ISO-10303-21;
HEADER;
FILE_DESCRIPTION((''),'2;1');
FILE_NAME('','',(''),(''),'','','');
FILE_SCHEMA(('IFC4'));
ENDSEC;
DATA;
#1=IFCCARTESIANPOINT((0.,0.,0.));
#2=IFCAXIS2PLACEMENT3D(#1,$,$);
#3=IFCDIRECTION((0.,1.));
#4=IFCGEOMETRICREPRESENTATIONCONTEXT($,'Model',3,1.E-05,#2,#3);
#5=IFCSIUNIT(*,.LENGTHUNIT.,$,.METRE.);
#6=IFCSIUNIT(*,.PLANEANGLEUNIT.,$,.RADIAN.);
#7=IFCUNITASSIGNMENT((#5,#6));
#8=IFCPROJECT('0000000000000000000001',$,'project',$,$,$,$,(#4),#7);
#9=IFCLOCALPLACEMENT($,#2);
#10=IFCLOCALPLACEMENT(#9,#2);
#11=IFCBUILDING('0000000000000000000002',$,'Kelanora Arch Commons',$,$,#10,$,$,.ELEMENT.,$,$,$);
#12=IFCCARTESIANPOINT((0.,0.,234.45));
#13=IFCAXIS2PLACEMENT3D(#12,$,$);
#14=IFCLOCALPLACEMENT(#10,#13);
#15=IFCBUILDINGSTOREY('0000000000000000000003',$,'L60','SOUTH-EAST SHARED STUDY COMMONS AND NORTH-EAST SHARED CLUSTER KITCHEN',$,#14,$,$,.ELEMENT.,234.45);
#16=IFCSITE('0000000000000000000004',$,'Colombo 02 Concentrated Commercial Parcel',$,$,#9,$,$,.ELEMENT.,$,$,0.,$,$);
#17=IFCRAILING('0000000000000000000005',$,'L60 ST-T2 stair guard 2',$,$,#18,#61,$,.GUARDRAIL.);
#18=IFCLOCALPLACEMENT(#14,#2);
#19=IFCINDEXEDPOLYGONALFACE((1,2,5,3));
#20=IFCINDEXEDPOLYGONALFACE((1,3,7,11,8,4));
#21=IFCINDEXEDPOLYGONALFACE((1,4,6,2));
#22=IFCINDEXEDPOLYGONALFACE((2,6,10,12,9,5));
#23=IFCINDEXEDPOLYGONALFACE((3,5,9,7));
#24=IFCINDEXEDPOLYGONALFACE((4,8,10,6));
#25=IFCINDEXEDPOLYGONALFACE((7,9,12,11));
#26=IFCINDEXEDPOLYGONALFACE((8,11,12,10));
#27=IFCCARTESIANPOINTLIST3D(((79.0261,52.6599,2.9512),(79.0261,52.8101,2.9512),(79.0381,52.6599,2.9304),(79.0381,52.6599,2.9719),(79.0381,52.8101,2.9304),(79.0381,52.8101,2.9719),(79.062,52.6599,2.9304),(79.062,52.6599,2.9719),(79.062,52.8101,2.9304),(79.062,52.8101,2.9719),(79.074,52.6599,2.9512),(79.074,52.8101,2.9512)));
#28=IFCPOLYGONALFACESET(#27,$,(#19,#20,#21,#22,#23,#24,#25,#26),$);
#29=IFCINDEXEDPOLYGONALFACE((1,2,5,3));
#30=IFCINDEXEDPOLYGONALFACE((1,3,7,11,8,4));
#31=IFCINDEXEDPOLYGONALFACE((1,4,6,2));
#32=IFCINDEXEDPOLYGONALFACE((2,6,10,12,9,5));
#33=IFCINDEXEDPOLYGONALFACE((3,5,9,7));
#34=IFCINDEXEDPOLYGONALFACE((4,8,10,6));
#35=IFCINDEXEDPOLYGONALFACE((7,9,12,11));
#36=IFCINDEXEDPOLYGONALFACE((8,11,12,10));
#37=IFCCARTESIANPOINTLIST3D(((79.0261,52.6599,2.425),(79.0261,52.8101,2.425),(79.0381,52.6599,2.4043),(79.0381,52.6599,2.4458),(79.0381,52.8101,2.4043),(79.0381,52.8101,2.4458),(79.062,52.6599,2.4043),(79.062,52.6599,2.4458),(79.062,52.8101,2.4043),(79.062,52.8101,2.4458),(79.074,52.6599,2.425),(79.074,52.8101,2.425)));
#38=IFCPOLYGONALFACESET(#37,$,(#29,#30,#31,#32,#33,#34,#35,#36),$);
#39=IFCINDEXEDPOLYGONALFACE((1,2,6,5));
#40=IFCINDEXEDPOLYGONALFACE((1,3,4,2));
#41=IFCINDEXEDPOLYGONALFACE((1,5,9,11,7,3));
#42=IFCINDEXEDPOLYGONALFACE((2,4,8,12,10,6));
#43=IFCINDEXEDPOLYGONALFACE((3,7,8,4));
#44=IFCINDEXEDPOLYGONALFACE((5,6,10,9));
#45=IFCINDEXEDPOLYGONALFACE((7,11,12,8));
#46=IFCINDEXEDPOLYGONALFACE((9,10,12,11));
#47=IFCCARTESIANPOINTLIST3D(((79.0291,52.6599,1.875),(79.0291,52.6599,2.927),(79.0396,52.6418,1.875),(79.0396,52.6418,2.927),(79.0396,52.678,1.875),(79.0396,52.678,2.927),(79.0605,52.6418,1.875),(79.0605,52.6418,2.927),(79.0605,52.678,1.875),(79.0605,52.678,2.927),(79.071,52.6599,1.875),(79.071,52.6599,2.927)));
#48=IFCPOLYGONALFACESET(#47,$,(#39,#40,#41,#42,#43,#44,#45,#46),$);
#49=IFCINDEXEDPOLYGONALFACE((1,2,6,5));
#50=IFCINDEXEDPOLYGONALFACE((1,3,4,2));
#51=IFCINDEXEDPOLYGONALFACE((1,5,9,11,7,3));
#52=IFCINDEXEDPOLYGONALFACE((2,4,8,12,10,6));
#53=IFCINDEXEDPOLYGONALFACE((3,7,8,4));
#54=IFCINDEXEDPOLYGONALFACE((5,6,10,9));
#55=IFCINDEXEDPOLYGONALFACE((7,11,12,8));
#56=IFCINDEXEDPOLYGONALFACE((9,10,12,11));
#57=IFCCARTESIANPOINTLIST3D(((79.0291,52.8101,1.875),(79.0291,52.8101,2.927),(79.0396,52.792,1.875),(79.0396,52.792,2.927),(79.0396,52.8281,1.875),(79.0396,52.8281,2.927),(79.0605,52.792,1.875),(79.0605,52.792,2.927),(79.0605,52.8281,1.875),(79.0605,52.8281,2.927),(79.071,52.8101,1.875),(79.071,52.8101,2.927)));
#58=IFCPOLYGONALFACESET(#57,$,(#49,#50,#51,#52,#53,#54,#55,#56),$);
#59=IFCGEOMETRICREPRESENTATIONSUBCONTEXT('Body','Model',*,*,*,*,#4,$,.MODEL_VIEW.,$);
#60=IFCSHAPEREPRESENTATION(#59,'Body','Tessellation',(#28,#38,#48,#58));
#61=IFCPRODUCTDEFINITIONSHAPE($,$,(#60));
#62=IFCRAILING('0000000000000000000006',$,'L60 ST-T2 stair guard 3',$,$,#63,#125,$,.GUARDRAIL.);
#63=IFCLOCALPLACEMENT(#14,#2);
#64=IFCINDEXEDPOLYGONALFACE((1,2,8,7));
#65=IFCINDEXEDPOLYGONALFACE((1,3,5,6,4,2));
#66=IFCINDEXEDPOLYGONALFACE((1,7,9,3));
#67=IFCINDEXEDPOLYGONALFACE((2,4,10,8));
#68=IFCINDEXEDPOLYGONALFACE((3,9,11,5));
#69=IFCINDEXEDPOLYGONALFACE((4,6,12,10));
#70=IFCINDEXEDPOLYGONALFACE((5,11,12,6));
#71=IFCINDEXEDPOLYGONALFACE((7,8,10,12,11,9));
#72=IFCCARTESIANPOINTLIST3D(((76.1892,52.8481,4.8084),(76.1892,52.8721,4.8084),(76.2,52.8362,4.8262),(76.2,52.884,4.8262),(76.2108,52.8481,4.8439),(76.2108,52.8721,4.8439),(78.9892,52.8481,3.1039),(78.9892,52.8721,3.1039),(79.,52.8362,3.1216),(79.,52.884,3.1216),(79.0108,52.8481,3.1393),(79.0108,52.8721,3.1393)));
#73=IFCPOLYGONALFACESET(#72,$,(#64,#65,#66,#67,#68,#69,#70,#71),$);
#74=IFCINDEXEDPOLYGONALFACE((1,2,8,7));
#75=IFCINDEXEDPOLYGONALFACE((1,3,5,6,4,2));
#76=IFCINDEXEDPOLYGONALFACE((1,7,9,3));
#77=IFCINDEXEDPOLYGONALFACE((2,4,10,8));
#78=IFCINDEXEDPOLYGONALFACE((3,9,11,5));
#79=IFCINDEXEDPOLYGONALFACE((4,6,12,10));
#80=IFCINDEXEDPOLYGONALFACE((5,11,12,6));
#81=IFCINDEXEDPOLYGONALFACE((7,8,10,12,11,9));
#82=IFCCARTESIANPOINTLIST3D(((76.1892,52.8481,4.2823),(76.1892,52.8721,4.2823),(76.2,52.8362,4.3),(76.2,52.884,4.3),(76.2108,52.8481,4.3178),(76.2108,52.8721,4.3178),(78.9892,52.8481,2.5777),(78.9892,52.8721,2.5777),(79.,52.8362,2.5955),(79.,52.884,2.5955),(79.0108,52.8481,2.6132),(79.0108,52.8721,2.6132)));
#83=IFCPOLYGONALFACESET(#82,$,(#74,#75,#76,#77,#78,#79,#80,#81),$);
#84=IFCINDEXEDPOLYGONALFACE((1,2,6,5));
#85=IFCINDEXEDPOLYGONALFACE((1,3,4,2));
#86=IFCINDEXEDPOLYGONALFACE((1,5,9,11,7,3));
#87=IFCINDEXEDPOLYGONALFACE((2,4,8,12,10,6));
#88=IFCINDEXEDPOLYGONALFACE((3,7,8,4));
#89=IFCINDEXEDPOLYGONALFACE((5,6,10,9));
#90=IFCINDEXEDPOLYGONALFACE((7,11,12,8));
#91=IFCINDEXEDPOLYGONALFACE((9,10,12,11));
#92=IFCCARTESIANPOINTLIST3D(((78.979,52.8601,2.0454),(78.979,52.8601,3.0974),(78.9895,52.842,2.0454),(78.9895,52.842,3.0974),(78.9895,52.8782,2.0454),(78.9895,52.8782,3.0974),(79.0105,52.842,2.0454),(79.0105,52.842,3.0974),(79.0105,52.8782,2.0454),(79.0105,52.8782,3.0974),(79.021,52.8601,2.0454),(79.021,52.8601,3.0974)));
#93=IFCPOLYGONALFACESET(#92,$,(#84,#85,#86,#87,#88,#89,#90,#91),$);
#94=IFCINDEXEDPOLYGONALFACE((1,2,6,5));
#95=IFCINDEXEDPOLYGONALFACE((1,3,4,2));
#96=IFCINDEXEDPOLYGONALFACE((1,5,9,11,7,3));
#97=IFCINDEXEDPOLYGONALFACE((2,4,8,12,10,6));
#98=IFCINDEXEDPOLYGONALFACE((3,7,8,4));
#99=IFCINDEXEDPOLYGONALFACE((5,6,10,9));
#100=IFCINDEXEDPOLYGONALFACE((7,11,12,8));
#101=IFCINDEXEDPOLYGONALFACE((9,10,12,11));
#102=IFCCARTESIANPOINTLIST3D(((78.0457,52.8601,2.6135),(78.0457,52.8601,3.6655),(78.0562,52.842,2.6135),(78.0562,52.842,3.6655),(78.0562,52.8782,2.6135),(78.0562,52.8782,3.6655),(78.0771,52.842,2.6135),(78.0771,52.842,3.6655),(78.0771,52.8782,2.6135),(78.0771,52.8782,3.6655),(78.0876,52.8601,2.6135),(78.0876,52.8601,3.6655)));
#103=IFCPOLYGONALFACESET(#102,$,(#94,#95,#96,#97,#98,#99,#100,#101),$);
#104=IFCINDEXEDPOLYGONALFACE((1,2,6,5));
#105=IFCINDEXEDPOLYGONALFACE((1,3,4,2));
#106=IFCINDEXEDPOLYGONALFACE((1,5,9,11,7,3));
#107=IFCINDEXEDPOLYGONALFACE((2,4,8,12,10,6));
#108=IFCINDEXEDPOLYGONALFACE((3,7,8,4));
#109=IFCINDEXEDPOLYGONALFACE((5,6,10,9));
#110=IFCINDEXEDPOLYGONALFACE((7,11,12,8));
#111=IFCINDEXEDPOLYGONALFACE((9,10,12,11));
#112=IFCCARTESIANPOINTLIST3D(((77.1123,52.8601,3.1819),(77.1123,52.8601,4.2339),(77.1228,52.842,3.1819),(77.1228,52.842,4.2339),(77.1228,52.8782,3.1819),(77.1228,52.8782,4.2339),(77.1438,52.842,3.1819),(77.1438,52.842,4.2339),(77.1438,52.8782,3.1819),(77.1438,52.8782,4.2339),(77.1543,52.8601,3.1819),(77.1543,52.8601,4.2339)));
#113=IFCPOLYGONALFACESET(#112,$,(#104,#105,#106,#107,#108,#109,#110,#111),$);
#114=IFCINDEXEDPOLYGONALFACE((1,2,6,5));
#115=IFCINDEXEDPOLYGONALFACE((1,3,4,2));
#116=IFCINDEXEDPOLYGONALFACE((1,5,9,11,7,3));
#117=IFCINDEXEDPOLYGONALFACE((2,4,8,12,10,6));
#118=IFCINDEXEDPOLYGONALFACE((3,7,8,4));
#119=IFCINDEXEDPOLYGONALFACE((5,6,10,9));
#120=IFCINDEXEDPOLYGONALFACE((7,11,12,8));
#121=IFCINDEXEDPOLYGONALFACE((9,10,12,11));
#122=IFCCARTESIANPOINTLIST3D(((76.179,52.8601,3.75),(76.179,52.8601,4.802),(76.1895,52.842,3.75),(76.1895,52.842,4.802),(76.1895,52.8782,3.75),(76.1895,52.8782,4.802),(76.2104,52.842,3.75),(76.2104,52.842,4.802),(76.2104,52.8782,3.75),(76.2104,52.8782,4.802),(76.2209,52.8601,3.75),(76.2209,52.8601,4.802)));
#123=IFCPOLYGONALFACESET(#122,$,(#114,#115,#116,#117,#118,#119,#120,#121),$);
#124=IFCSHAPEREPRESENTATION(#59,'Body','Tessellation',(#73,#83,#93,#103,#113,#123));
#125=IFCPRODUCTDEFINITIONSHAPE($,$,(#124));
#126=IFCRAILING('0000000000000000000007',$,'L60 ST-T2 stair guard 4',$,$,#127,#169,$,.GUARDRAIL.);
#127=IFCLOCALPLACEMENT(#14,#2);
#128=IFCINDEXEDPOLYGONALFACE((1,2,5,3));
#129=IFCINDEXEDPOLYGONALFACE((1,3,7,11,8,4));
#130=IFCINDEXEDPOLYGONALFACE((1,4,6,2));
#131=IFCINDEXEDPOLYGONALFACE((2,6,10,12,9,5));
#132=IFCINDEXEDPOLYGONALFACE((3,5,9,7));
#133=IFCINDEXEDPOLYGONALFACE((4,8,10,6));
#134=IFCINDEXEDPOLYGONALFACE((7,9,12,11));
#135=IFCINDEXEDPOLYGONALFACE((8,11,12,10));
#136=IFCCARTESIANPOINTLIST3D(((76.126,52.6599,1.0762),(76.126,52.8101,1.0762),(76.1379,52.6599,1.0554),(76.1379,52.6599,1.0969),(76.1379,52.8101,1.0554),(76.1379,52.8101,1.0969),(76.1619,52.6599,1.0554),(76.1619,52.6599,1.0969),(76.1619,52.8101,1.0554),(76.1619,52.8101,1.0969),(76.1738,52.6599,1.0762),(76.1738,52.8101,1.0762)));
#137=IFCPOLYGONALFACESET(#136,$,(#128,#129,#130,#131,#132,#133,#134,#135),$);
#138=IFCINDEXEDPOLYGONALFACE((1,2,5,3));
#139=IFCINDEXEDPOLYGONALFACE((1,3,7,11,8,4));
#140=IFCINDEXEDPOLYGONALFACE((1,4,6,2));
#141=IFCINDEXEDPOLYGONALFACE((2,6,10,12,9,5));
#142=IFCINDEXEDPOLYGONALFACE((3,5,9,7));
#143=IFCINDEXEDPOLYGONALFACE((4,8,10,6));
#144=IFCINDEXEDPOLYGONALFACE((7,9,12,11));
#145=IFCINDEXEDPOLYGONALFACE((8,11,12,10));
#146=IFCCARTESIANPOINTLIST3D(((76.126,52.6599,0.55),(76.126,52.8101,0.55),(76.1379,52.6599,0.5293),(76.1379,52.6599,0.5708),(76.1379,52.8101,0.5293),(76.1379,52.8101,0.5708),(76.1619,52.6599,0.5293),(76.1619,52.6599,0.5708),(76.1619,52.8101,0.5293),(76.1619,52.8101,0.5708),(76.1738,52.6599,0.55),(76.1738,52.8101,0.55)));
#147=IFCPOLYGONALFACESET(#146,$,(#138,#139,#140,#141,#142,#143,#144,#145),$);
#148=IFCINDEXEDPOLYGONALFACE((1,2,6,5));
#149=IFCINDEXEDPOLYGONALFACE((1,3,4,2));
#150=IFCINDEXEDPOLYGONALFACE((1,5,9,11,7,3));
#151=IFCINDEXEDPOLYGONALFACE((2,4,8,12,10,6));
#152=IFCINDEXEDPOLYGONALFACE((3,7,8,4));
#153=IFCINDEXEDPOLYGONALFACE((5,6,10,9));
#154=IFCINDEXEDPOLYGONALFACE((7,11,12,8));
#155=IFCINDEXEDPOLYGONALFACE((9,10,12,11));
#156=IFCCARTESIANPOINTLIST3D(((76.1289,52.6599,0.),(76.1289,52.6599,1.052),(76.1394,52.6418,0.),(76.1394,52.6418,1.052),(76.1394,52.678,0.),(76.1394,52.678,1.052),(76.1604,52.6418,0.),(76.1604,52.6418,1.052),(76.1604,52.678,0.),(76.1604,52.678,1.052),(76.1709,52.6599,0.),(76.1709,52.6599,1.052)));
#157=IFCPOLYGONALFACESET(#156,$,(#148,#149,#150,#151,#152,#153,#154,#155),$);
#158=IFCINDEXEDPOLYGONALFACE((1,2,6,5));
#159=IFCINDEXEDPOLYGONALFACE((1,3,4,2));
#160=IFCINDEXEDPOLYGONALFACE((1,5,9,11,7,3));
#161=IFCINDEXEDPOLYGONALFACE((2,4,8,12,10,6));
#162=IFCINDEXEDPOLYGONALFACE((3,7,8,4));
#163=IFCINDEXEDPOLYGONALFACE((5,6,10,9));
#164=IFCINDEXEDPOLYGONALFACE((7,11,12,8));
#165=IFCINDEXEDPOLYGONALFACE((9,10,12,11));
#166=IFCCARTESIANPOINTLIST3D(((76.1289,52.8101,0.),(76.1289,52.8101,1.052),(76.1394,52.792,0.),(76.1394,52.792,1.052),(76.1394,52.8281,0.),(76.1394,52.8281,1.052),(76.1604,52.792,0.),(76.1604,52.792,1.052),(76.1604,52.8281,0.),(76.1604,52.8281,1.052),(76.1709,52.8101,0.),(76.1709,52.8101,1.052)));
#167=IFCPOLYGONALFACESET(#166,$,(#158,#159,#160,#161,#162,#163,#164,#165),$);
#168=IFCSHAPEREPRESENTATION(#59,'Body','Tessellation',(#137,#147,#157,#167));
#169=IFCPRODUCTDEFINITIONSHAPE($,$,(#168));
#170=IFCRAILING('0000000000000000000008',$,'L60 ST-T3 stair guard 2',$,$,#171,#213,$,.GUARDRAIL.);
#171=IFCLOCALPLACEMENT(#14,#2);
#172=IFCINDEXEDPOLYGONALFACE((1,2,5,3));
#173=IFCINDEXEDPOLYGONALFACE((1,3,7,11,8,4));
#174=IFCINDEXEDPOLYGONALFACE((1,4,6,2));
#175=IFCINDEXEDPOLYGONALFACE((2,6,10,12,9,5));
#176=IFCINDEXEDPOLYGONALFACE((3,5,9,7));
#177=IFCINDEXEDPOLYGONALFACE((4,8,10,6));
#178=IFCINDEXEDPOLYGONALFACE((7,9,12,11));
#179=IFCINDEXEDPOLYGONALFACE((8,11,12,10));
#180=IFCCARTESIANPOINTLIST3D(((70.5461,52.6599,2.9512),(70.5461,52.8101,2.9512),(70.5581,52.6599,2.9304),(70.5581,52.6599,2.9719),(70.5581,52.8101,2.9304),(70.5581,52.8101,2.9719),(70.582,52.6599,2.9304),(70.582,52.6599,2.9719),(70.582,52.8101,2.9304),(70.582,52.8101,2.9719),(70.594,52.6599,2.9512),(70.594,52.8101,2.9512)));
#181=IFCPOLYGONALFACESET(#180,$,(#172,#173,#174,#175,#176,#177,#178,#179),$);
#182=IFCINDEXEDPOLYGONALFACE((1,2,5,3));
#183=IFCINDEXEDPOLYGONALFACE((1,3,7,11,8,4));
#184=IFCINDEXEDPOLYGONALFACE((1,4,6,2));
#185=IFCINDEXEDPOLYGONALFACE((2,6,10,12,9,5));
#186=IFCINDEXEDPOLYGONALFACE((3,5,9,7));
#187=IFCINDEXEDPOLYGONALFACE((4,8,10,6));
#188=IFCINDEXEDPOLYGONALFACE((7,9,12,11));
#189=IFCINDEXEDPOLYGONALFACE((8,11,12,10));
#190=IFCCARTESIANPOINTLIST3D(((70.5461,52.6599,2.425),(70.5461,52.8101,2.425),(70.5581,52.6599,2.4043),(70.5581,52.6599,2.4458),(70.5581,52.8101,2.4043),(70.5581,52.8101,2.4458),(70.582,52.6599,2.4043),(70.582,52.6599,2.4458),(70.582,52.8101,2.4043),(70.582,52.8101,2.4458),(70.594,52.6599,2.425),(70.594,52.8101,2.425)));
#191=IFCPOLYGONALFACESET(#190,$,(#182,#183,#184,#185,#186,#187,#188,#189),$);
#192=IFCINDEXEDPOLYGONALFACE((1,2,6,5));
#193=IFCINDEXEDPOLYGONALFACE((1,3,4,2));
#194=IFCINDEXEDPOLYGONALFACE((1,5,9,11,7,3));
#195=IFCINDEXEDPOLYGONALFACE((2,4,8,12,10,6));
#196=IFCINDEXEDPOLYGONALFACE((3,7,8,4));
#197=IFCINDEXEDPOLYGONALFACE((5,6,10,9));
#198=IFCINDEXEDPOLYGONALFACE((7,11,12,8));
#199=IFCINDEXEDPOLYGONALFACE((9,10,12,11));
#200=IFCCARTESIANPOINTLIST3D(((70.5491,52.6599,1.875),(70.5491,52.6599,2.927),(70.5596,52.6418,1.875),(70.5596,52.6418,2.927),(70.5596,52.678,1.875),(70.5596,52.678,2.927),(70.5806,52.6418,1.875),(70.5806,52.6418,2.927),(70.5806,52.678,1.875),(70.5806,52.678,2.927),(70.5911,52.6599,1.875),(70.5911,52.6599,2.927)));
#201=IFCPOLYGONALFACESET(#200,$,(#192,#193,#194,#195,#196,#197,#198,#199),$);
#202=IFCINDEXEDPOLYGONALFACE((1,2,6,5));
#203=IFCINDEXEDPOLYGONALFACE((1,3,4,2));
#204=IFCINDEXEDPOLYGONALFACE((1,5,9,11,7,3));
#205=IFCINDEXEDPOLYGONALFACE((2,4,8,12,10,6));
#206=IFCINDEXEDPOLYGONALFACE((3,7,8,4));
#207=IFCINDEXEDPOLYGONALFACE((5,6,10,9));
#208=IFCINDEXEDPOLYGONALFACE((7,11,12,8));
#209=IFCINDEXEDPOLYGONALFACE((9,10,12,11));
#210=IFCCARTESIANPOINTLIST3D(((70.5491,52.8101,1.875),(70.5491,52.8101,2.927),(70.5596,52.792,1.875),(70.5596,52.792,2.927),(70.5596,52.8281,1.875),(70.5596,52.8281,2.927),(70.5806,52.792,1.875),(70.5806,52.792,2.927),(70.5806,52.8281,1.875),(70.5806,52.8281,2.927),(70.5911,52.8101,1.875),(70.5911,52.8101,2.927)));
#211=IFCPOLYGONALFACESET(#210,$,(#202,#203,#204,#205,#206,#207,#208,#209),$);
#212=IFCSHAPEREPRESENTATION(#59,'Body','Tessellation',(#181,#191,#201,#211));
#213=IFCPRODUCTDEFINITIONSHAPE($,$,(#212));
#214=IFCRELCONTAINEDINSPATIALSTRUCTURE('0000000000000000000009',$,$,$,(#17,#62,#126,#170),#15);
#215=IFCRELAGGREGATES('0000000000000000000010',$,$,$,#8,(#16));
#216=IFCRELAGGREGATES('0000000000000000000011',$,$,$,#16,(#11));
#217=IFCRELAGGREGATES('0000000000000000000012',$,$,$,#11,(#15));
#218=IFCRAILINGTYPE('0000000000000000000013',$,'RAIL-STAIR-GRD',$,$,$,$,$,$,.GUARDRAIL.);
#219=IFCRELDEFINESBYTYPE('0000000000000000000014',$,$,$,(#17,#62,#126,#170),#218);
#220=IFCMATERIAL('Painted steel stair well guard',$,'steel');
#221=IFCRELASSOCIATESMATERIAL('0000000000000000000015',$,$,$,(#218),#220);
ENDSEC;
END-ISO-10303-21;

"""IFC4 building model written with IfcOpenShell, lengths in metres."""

from ifc_helpers import new_model, si_unit, direction, frame, origin, place, context, subcontext, project, spatial, polyline, outline, extrude, material, type_object, element, save


model = new_model("IFC4")

# Units and contexts
model_context = context("Model", 3, precision=1e-05, world=origin(), true_north=direction((0.0, 1.0)))
body_context = subcontext(model_context, "Body", "Model", "MODEL_VIEW")
ifc_project = project(units=[si_unit("LENGTHUNIT", "METRE"), si_unit("PLANEANGLEUNIT", "RADIAN")], contexts=[model_context])

# Site, building, storey
site_placement = place(None, origin())
site = spatial("IfcSite", under=ifc_project, at=site_placement, Name="Colombo 02 Concentrated Commercial Parcel", CompositionType="ELEMENT", RefElevation=0.0)
building_placement = place(site_placement, origin())
building = spatial("IfcBuilding", under=site, at=building_placement, Name="Kelanora Arch Commons", CompositionType="ELEMENT")
storey_placement = place(building_placement, frame((0.0, 0.0, 234.45)))
storey = spatial("IfcBuildingStorey", under=building, at=storey_placement, Name="L60", Description="SOUTH-EAST SHARED STUDY COMMONS AND NORTH-EAST SHARED CLUSTER KITCHEN", CompositionType="ELEMENT", Elevation=234.45)

# Railings
ifc_material_1 = material(Name="Painted steel stair well guard", Category="steel")
railing_type_1 = type_object("IfcRailingType", Name="RAIL-STAIR-GRD", PredefinedType="GUARDRAIL", material=ifc_material_1)
railing_1_placement = place(storey_placement, frame((79.05, 52.6599, 1.875)))
element("IfcRailing", 1, at=railing_1_placement, inside=storey, type_object=railing_type_1, Name="L60 ST-T2 stair guard 2", PredefinedType="GUARDRAIL", context=body_context, shape_type="SweptSolid", body=[
    extrude(outline(polyline([(0.0239, 0.0), (0.012, 0.0208), (-0.012, 0.0208), (-0.0239, 0.0), (-0.012, -0.0208), (0.012, -0.0208), (0.0239, 0.0)])), frame((0.0, 0.0, 1.0762), z_axis=(0.0, 1.0, 0.0), x_axis=(-1.0, 0.0, 0.0)), (0.0, 0.0, 1.0), 0.1501),
    extrude(outline(polyline([(0.0239, 0.0), (0.012, 0.0208), (-0.012, 0.0208), (-0.0239, 0.0), (-0.012, -0.0208), (0.012, -0.0208), (0.0239, 0.0)])), frame((0.0, 0.0, 0.55), z_axis=(0.0, 1.0, 0.0), x_axis=(-1.0, 0.0, 0.0)), (0.0, 0.0, 1.0), 0.1501),
    extrude(outline(polyline([(0.021, 0.0), (0.0105, 0.0181), (-0.0105, 0.0181), (-0.021, 0.0), (-0.0105, -0.0181), (0.0105, -0.0181), (0.021, 0.0)])), origin(), (0.0, 0.0, 1.0), 1.052),
    extrude(outline(polyline([(0.021, 0.0), (0.0105, 0.0181), (-0.0105, 0.0181), (-0.021, 0.0), (-0.0105, -0.0181), (0.0105, -0.0181), (0.021, 0.0)])), frame((0.0, 0.1501, 0.0)), (0.0, 0.0, 1.0), 1.052),
])
railing_2_placement = place(storey_placement, frame((79.0, 52.8601, 2.0454)))
element("IfcRailing", 2, at=railing_2_placement, inside=storey, type_object=railing_type_1, Name="L60 ST-T2 stair guard 3", PredefinedType="GUARDRAIL", context=body_context, shape_type="SweptSolid", body=[
    extrude(outline(polyline([(0.0239, 0.0), (0.012, 0.0208), (-0.012, 0.0208), (-0.0239, 0.0), (-0.012, -0.0208), (0.012, -0.0208), (0.0239, 0.0)])), frame((0.0, 0.0, 1.0762), z_axis=(-0.85417, 0.0, 0.519994), x_axis=(0.0, -1.0, 0.0)), (0.0, 0.0, 1.0), 3.2781),
    extrude(outline(polyline([(0.0239, 0.0), (0.012, 0.0208), (-0.012, 0.0208), (-0.0239, 0.0), (-0.012, -0.0208), (0.012, -0.0208), (0.0239, 0.0)])), frame((0.0, 0.0, 0.55), z_axis=(-0.85417, 0.0, 0.519994), x_axis=(0.0, -1.0, 0.0)), (0.0, 0.0, 1.0), 3.2781),
    extrude(outline(polyline([(0.021, 0.0), (0.0105, 0.0181), (-0.0105, 0.0181), (-0.021, 0.0), (-0.0105, -0.0181), (0.0105, -0.0181), (0.021, 0.0)])), origin(), (0.0, 0.0, 1.0), 1.052),
    extrude(outline(polyline([(0.021, 0.0), (0.0105, 0.0181), (-0.0105, 0.0181), (-0.021, 0.0), (-0.0105, -0.0181), (0.0105, -0.0181), (0.021, 0.0)])), frame((-0.9333, 0.0, 0.5681)), (0.0, 0.0, 1.0), 1.052),
    extrude(outline(polyline([(0.021, 0.0), (0.0105, 0.0181), (-0.0105, 0.0181), (-0.021, 0.0), (-0.0105, -0.0181), (0.0105, -0.0181), (0.021, 0.0)])), frame((-1.8667, 0.0, 1.1365)), (0.0, 0.0, 1.0), 1.052),
    extrude(outline(polyline([(0.021, 0.0), (0.0105, 0.0181), (-0.0105, 0.0181), (-0.021, 0.0), (-0.0105, -0.0181), (0.0105, -0.0181), (0.021, 0.0)])), frame((-2.8, 0.0, 1.7046)), (0.0, 0.0, 1.0), 1.052),
])
for number, where, name in (
    (3, (76.1499, 52.6599, 0.0), "L60 ST-T2 stair guard 4"),
    (4, (70.5701, 52.6599, 1.875), "L60 ST-T3 stair guard 2"),
):
    element("IfcRailing", number, at=place(storey_placement, frame(where)), inside=storey, type_object=railing_type_1, Name=name, PredefinedType="GUARDRAIL", context=body_context, shape_type="SweptSolid", body=[
        extrude(outline(polyline([(0.0239, 0.0), (0.012, 0.0208), (-0.012, 0.0208), (-0.0239, 0.0), (-0.012, -0.0208), (0.012, -0.0208), (0.0239, 0.0)])), frame((0.0, 0.0, 1.0762), z_axis=(0.0, 1.0, 0.0), x_axis=(-1.0, 0.0, 0.0)), (0.0, 0.0, 1.0), 0.1501),
        extrude(outline(polyline([(0.0239, 0.0), (0.012, 0.0208), (-0.012, 0.0208), (-0.0239, 0.0), (-0.012, -0.0208), (0.012, -0.0208), (0.0239, 0.0)])), frame((0.0, 0.0, 0.55), z_axis=(0.0, 1.0, 0.0), x_axis=(-1.0, 0.0, 0.0)), (0.0, 0.0, 1.0), 0.1501),
        extrude(outline(polyline([(0.021, 0.0), (0.0105, 0.0181), (-0.0105, 0.0181), (-0.021, 0.0), (-0.0105, -0.0181), (0.0105, -0.0181), (0.021, 0.0)])), origin(), (0.0, 0.0, 1.0), 1.052),
        extrude(outline(polyline([(0.021, 0.0), (0.0105, 0.0181), (-0.0105, 0.0181), (-0.021, 0.0), (-0.0105, -0.0181), (0.0105, -0.0181), (0.021, 0.0)])), frame((0.0, 0.1501, 0.0)), (0.0, 0.0, 1.0), 1.052),
    ])

save(model, "model.ifc")
